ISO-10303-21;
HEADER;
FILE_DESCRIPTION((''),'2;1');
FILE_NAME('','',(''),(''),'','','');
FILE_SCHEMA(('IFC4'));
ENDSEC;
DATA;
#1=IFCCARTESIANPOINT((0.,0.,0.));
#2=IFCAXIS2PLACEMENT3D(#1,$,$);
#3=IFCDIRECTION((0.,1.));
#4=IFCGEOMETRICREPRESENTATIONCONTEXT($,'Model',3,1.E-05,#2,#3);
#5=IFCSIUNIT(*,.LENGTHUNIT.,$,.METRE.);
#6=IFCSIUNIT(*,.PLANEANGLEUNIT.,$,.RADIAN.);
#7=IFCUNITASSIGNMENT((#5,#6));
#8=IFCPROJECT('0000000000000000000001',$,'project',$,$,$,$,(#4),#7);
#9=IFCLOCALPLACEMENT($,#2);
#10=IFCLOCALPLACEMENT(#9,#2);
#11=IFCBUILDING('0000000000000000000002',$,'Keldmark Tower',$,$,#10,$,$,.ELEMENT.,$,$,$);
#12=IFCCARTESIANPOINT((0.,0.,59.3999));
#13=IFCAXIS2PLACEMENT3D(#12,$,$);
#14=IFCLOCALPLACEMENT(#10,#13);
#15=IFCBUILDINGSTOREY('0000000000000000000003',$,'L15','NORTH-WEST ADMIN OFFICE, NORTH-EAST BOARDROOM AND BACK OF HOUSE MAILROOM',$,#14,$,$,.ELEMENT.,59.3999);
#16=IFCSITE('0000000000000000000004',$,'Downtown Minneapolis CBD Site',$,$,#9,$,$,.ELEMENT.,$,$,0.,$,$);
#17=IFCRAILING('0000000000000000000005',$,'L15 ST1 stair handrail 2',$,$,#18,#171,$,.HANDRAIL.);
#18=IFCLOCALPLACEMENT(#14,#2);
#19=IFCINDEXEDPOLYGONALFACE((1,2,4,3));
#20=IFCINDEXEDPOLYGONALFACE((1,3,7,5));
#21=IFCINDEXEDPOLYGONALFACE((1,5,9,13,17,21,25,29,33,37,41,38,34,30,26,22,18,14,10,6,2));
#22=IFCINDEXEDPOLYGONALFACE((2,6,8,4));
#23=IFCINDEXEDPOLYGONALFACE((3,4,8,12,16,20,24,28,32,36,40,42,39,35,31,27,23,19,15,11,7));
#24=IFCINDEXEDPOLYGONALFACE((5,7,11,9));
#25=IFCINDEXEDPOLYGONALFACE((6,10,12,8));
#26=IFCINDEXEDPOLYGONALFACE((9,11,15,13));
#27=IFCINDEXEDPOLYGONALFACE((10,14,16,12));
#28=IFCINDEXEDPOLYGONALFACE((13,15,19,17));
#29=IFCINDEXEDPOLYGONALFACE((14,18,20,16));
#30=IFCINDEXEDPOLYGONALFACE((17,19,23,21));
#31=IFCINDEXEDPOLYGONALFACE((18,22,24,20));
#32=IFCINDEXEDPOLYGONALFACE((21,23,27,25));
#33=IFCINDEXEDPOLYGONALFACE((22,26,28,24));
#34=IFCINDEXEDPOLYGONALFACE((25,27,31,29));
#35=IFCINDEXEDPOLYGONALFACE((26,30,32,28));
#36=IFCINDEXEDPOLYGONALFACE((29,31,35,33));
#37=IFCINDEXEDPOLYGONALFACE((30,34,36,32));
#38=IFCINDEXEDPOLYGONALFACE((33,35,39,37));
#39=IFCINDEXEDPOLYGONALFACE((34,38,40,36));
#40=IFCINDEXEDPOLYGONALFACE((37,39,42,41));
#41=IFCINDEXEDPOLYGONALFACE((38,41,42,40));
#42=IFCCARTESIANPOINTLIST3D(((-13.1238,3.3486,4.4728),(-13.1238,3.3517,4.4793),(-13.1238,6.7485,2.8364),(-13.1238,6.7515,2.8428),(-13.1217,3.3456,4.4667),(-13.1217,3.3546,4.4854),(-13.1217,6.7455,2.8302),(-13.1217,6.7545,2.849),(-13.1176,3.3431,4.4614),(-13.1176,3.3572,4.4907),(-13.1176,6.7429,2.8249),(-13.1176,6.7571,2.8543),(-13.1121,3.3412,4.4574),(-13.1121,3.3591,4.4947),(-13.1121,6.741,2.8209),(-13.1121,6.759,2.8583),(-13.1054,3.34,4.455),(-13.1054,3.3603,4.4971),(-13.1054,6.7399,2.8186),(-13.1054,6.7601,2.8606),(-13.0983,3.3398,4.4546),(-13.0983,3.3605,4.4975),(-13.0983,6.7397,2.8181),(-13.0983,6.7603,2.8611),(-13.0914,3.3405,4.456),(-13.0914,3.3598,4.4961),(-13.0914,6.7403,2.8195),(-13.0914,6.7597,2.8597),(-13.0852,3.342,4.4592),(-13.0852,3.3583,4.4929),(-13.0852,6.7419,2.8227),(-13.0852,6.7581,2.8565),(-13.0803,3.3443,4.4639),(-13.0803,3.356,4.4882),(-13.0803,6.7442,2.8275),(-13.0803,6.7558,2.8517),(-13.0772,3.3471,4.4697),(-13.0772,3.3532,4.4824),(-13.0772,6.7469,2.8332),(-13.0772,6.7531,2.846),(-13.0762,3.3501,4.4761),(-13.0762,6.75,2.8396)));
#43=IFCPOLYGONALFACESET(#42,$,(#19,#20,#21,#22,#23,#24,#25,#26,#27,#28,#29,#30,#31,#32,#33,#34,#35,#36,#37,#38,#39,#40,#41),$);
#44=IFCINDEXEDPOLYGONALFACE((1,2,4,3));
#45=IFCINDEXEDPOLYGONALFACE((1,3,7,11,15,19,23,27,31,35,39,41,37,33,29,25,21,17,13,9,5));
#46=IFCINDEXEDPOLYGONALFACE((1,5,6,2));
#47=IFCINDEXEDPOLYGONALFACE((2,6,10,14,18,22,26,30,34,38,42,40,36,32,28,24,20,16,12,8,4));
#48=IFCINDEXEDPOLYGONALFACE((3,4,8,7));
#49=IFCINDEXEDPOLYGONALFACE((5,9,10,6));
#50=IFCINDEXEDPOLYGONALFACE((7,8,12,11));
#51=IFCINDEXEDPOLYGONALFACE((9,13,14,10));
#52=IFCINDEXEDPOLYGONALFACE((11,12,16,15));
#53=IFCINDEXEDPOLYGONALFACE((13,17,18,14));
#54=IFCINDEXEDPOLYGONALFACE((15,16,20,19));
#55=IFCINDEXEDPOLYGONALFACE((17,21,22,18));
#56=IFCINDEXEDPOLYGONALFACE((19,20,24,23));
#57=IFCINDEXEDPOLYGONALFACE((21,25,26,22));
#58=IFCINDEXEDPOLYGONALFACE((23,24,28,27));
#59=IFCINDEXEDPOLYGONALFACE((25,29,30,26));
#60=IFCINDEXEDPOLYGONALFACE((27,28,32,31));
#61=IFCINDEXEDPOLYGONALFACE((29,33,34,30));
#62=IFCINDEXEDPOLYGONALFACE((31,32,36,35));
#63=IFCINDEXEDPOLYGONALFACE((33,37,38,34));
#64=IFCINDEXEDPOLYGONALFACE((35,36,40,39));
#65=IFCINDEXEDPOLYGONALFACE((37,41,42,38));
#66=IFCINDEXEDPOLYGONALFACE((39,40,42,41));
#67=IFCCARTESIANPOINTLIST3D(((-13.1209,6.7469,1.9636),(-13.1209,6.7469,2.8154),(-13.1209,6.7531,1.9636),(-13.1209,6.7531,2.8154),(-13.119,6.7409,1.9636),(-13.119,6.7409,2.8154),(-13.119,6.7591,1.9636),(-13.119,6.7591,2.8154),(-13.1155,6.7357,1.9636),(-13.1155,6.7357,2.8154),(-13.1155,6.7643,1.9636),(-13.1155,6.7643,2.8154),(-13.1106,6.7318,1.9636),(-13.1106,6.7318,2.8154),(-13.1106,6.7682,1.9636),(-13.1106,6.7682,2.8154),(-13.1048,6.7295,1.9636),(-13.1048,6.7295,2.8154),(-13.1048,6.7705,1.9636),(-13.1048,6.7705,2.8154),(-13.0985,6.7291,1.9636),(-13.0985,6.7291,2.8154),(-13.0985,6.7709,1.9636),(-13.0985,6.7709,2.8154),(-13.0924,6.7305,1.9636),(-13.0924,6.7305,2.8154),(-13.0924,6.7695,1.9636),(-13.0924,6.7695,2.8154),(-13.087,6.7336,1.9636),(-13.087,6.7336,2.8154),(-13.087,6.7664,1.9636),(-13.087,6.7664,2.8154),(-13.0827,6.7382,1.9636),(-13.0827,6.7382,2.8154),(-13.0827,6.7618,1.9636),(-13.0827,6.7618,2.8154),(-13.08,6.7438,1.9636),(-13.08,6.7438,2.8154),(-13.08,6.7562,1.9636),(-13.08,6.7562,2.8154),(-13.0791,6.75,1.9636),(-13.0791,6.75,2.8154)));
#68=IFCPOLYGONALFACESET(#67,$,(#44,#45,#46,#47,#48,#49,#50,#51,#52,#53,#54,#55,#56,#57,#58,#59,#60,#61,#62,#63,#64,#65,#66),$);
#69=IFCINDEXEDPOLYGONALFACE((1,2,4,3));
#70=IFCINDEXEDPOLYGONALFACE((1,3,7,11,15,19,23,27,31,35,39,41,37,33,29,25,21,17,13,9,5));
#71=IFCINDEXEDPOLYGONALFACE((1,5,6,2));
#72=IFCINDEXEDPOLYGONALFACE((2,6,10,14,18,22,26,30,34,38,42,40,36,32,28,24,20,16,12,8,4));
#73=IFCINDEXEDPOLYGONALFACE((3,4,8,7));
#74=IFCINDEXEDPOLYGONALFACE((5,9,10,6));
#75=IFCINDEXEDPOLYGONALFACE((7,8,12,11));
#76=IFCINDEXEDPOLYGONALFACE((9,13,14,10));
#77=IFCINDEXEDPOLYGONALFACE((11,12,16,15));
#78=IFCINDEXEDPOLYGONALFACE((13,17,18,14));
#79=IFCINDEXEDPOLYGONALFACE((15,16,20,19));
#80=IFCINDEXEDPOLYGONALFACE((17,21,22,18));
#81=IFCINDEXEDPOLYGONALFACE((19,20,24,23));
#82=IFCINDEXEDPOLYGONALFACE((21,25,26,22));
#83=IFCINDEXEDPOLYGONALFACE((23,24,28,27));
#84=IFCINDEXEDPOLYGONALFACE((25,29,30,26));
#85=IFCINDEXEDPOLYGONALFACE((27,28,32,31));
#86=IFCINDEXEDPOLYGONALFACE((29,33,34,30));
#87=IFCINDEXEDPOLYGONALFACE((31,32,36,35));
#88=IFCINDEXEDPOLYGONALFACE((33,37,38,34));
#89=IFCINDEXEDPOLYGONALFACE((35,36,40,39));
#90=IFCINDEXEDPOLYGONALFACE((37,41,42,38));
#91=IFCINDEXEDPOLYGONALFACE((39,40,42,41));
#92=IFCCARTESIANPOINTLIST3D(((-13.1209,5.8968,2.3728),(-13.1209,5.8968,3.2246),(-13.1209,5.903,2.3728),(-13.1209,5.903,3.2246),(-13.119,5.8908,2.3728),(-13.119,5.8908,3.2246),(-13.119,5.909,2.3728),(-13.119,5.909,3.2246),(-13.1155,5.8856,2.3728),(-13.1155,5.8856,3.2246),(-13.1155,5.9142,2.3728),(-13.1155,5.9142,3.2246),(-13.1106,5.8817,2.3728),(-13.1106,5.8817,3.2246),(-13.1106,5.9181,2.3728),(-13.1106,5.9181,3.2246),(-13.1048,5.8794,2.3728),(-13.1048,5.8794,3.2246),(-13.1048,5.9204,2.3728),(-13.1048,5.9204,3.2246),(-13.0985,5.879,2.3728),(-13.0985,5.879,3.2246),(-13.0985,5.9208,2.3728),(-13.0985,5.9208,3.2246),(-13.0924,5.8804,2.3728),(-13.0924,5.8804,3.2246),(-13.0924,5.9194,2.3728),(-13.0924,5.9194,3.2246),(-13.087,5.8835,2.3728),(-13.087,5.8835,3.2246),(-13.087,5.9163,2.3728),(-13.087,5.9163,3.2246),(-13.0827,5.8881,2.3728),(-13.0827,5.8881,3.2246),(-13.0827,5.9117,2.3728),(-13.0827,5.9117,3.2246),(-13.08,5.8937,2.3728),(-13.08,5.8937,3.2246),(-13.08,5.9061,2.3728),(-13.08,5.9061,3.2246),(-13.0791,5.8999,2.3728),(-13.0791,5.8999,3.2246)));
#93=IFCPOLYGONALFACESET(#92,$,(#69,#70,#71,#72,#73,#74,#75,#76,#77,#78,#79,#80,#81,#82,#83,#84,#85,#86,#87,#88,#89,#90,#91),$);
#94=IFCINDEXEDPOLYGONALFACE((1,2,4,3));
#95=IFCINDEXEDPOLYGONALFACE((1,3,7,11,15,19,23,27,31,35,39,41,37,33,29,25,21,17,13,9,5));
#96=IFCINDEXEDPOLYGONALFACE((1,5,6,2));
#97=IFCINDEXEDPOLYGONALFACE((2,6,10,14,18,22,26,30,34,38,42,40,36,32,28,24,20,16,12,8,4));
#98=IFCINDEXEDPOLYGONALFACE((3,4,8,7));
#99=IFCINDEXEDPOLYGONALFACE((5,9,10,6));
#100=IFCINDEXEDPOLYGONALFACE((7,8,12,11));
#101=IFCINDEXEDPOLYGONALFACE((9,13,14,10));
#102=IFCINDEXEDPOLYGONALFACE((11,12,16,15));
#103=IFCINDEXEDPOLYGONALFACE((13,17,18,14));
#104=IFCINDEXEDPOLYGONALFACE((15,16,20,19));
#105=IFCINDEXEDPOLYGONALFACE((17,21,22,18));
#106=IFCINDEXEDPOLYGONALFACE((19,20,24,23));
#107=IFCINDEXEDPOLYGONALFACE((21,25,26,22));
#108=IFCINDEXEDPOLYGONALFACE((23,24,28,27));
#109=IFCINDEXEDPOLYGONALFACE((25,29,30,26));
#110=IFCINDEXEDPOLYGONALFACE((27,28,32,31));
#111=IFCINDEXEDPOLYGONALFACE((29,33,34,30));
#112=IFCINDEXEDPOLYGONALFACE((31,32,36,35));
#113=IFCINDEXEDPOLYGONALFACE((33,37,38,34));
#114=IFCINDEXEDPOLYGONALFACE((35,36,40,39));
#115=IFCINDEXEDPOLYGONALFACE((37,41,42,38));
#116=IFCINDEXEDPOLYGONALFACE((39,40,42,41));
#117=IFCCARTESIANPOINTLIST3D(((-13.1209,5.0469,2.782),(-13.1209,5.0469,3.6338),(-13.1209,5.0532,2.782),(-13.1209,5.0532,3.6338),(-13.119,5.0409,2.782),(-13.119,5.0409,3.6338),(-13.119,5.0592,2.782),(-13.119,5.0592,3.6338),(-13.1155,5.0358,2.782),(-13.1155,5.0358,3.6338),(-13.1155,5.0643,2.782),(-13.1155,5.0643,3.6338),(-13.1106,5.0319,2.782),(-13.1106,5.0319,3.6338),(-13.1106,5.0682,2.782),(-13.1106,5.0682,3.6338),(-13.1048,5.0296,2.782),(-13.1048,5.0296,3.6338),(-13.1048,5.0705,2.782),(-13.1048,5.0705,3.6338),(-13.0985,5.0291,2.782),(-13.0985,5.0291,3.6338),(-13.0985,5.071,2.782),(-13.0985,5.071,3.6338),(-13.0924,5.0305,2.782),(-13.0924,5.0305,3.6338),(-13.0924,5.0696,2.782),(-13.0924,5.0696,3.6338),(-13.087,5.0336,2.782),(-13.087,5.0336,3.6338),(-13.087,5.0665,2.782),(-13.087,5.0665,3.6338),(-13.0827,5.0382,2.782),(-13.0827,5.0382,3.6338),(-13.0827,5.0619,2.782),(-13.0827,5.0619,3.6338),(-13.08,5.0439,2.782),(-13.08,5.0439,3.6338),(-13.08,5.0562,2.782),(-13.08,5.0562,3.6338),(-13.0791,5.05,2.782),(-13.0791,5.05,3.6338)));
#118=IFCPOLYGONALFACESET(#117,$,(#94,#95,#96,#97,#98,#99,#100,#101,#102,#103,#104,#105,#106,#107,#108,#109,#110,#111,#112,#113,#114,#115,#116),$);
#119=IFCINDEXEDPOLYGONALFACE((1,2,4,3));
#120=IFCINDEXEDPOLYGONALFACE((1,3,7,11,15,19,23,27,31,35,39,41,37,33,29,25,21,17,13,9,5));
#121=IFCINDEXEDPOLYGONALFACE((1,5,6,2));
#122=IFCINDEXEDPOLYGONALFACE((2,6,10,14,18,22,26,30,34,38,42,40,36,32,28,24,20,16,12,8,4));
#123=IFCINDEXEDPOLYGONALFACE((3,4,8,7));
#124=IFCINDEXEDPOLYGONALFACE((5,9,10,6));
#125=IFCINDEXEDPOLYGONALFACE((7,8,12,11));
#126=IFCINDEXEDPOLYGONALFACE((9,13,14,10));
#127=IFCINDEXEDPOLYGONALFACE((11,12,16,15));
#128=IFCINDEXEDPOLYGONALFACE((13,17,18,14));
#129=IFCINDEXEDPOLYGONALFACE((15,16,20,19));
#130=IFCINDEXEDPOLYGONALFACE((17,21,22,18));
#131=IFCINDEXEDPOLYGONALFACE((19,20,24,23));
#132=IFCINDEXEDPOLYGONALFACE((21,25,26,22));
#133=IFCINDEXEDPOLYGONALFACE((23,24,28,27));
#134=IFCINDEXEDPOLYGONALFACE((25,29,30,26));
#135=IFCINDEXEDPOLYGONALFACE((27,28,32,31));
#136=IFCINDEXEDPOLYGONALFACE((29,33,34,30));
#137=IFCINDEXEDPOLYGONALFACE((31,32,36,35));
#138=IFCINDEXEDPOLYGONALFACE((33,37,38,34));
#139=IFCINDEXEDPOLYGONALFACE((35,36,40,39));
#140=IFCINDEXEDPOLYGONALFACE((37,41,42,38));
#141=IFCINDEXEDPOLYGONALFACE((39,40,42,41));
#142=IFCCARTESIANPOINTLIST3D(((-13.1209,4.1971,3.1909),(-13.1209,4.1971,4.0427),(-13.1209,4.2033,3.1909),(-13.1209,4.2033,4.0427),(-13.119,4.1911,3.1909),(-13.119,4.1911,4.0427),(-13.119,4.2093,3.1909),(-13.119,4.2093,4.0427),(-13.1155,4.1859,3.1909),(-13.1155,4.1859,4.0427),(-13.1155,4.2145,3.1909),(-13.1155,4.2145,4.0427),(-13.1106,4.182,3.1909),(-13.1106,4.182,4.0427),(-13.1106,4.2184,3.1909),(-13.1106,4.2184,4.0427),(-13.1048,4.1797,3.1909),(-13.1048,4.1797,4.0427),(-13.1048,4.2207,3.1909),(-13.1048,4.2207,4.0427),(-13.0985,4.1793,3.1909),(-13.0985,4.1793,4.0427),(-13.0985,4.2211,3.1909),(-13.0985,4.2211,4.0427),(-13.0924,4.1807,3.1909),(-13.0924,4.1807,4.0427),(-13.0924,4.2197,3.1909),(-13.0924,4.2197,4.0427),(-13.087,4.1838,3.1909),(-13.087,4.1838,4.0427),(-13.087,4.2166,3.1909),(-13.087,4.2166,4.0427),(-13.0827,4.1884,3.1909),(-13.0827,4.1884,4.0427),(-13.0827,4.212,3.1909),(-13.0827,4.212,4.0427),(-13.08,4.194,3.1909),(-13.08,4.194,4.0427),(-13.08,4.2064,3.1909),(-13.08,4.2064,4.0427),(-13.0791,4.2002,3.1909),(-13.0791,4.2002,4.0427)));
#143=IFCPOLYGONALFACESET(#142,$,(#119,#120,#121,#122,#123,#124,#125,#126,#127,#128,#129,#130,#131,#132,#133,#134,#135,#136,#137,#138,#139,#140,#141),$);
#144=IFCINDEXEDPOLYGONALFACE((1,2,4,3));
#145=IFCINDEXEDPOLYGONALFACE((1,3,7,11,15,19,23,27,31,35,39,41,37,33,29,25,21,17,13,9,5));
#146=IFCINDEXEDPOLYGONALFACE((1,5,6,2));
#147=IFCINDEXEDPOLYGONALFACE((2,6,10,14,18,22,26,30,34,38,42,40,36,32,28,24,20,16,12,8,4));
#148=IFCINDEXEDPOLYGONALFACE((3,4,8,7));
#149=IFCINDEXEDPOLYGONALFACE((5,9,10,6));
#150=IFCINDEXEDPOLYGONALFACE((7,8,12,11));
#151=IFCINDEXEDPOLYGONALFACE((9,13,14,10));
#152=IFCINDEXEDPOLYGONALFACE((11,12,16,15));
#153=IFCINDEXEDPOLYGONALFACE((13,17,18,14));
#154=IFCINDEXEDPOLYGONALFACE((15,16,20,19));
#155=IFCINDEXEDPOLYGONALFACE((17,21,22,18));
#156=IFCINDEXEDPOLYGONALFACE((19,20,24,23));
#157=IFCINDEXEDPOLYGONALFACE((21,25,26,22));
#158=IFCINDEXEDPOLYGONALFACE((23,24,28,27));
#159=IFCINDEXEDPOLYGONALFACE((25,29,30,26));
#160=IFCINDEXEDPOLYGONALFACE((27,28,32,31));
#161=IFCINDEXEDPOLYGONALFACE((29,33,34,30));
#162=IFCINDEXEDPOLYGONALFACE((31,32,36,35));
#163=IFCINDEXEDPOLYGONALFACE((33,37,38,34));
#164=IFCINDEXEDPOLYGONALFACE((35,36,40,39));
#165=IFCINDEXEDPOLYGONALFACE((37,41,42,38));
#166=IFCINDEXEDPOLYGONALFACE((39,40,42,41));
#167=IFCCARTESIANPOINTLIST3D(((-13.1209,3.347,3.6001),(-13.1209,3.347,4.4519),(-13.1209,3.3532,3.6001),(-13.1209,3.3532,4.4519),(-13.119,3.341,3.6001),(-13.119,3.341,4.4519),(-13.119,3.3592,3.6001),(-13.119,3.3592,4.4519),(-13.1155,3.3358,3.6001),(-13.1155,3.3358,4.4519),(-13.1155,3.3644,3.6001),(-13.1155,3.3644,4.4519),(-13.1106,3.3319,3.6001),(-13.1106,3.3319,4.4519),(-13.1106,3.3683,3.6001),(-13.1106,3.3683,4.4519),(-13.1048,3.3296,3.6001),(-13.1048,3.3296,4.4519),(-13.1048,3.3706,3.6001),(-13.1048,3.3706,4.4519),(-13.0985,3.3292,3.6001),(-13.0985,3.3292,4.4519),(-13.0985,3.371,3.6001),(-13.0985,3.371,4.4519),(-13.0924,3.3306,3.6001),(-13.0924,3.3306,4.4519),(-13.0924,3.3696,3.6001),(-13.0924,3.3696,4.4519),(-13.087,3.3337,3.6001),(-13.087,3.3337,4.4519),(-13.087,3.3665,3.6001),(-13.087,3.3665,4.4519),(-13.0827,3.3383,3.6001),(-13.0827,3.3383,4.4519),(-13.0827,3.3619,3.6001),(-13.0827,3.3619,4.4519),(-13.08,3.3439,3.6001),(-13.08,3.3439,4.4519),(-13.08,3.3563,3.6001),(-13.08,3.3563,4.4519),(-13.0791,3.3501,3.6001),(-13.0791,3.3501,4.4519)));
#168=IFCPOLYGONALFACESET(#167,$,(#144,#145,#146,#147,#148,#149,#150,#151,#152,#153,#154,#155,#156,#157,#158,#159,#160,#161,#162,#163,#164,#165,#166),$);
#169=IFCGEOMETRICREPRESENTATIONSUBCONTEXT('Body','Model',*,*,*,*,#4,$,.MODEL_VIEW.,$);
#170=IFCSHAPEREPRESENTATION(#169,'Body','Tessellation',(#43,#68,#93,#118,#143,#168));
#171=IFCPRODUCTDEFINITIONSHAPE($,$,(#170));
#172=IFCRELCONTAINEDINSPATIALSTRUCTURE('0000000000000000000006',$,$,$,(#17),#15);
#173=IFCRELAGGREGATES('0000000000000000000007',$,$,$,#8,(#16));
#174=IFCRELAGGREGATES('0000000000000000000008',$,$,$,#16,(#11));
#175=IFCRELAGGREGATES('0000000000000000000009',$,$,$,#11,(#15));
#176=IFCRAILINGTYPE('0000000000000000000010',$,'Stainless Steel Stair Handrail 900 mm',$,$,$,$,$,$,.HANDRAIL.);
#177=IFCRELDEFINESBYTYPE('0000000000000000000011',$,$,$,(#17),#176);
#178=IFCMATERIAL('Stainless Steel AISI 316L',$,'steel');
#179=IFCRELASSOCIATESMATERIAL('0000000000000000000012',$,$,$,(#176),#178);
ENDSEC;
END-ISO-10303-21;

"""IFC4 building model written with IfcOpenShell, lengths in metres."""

from ifc_helpers import new_model, si_unit, direction, frame, origin, origin_2d, place, context, subcontext, project, spatial, circle, extrude, material, type_object, element, save


model = new_model("IFC4")

# Units and contexts
model_context = context("Model", 3, precision=1e-05, world=origin(), true_north=direction((0.0, 1.0)))
body_context = subcontext(model_context, "Body", "Model", "MODEL_VIEW")
ifc_project = project(units=[si_unit("LENGTHUNIT", "METRE"), si_unit("PLANEANGLEUNIT", "RADIAN")], contexts=[model_context])

# Site, building, storey
site_placement = place(None, origin())
site = spatial("IfcSite", under=ifc_project, at=site_placement, Name="Downtown Minneapolis CBD Site", CompositionType="ELEMENT", RefElevation=0.0)
building_placement = place(site_placement, origin())
building = spatial("IfcBuilding", under=site, at=building_placement, Name="Keldmark Tower", CompositionType="ELEMENT")
storey_placement = place(building_placement, frame((0.0, 0.0, 59.3999)))
storey = spatial("IfcBuildingStorey", under=building, at=storey_placement, Name="L15", Description="NORTH-WEST ADMIN OFFICE, NORTH-EAST BOARDROOM AND BACK OF HOUSE MAILROOM", CompositionType="ELEMENT", Elevation=59.3999)

# Railing
ifc_material_1 = material(Name="Stainless Steel AISI 316L", Category="steel")
railing_type_1 = type_object("IfcRailingType", Name="Stainless Steel Stair Handrail 900 mm", PredefinedType="HANDRAIL", material=ifc_material_1)
railing_1_placement = place(storey_placement, frame((-13.1001, 6.75, 1.9636)))
element("IfcRailing", 1, at=railing_1_placement, inside=storey, type_object=railing_type_1, Name="L15 ST1 stair handrail 2", PredefinedType="HANDRAIL", context=body_context, shape_type="SweptSolid", body=[
    extrude(circle(Radius=0.0239, at=origin_2d()), frame((0.0, 0.0, 0.876), z_axis=(0.0, -0.901055, 0.433705), x_axis=(1.0, 0.0, 0.0)), (0.0, 0.0, 1.0), 3.7732),
    extrude(circle(Radius=0.021, at=origin_2d()), origin(), (0.0, 0.0, 1.0), 0.8518),
    extrude(circle(Radius=0.021, at=origin_2d()), frame((0.0, -0.8501, 0.4092)), (0.0, 0.0, 1.0), 0.8518),
    extrude(circle(Radius=0.021, at=origin_2d()), frame((0.0, -1.7, 0.8184)), (0.0, 0.0, 1.0), 0.8518),
    extrude(circle(Radius=0.021, at=origin_2d()), frame((0.0, -2.5498, 1.2273)), (0.0, 0.0, 1.0), 0.8518),
    extrude(circle(Radius=0.021, at=origin_2d()), frame((0.0, -3.3999, 1.6365)), (0.0, 0.0, 1.0), 0.8518),
])

save(model, "model.ifc")
